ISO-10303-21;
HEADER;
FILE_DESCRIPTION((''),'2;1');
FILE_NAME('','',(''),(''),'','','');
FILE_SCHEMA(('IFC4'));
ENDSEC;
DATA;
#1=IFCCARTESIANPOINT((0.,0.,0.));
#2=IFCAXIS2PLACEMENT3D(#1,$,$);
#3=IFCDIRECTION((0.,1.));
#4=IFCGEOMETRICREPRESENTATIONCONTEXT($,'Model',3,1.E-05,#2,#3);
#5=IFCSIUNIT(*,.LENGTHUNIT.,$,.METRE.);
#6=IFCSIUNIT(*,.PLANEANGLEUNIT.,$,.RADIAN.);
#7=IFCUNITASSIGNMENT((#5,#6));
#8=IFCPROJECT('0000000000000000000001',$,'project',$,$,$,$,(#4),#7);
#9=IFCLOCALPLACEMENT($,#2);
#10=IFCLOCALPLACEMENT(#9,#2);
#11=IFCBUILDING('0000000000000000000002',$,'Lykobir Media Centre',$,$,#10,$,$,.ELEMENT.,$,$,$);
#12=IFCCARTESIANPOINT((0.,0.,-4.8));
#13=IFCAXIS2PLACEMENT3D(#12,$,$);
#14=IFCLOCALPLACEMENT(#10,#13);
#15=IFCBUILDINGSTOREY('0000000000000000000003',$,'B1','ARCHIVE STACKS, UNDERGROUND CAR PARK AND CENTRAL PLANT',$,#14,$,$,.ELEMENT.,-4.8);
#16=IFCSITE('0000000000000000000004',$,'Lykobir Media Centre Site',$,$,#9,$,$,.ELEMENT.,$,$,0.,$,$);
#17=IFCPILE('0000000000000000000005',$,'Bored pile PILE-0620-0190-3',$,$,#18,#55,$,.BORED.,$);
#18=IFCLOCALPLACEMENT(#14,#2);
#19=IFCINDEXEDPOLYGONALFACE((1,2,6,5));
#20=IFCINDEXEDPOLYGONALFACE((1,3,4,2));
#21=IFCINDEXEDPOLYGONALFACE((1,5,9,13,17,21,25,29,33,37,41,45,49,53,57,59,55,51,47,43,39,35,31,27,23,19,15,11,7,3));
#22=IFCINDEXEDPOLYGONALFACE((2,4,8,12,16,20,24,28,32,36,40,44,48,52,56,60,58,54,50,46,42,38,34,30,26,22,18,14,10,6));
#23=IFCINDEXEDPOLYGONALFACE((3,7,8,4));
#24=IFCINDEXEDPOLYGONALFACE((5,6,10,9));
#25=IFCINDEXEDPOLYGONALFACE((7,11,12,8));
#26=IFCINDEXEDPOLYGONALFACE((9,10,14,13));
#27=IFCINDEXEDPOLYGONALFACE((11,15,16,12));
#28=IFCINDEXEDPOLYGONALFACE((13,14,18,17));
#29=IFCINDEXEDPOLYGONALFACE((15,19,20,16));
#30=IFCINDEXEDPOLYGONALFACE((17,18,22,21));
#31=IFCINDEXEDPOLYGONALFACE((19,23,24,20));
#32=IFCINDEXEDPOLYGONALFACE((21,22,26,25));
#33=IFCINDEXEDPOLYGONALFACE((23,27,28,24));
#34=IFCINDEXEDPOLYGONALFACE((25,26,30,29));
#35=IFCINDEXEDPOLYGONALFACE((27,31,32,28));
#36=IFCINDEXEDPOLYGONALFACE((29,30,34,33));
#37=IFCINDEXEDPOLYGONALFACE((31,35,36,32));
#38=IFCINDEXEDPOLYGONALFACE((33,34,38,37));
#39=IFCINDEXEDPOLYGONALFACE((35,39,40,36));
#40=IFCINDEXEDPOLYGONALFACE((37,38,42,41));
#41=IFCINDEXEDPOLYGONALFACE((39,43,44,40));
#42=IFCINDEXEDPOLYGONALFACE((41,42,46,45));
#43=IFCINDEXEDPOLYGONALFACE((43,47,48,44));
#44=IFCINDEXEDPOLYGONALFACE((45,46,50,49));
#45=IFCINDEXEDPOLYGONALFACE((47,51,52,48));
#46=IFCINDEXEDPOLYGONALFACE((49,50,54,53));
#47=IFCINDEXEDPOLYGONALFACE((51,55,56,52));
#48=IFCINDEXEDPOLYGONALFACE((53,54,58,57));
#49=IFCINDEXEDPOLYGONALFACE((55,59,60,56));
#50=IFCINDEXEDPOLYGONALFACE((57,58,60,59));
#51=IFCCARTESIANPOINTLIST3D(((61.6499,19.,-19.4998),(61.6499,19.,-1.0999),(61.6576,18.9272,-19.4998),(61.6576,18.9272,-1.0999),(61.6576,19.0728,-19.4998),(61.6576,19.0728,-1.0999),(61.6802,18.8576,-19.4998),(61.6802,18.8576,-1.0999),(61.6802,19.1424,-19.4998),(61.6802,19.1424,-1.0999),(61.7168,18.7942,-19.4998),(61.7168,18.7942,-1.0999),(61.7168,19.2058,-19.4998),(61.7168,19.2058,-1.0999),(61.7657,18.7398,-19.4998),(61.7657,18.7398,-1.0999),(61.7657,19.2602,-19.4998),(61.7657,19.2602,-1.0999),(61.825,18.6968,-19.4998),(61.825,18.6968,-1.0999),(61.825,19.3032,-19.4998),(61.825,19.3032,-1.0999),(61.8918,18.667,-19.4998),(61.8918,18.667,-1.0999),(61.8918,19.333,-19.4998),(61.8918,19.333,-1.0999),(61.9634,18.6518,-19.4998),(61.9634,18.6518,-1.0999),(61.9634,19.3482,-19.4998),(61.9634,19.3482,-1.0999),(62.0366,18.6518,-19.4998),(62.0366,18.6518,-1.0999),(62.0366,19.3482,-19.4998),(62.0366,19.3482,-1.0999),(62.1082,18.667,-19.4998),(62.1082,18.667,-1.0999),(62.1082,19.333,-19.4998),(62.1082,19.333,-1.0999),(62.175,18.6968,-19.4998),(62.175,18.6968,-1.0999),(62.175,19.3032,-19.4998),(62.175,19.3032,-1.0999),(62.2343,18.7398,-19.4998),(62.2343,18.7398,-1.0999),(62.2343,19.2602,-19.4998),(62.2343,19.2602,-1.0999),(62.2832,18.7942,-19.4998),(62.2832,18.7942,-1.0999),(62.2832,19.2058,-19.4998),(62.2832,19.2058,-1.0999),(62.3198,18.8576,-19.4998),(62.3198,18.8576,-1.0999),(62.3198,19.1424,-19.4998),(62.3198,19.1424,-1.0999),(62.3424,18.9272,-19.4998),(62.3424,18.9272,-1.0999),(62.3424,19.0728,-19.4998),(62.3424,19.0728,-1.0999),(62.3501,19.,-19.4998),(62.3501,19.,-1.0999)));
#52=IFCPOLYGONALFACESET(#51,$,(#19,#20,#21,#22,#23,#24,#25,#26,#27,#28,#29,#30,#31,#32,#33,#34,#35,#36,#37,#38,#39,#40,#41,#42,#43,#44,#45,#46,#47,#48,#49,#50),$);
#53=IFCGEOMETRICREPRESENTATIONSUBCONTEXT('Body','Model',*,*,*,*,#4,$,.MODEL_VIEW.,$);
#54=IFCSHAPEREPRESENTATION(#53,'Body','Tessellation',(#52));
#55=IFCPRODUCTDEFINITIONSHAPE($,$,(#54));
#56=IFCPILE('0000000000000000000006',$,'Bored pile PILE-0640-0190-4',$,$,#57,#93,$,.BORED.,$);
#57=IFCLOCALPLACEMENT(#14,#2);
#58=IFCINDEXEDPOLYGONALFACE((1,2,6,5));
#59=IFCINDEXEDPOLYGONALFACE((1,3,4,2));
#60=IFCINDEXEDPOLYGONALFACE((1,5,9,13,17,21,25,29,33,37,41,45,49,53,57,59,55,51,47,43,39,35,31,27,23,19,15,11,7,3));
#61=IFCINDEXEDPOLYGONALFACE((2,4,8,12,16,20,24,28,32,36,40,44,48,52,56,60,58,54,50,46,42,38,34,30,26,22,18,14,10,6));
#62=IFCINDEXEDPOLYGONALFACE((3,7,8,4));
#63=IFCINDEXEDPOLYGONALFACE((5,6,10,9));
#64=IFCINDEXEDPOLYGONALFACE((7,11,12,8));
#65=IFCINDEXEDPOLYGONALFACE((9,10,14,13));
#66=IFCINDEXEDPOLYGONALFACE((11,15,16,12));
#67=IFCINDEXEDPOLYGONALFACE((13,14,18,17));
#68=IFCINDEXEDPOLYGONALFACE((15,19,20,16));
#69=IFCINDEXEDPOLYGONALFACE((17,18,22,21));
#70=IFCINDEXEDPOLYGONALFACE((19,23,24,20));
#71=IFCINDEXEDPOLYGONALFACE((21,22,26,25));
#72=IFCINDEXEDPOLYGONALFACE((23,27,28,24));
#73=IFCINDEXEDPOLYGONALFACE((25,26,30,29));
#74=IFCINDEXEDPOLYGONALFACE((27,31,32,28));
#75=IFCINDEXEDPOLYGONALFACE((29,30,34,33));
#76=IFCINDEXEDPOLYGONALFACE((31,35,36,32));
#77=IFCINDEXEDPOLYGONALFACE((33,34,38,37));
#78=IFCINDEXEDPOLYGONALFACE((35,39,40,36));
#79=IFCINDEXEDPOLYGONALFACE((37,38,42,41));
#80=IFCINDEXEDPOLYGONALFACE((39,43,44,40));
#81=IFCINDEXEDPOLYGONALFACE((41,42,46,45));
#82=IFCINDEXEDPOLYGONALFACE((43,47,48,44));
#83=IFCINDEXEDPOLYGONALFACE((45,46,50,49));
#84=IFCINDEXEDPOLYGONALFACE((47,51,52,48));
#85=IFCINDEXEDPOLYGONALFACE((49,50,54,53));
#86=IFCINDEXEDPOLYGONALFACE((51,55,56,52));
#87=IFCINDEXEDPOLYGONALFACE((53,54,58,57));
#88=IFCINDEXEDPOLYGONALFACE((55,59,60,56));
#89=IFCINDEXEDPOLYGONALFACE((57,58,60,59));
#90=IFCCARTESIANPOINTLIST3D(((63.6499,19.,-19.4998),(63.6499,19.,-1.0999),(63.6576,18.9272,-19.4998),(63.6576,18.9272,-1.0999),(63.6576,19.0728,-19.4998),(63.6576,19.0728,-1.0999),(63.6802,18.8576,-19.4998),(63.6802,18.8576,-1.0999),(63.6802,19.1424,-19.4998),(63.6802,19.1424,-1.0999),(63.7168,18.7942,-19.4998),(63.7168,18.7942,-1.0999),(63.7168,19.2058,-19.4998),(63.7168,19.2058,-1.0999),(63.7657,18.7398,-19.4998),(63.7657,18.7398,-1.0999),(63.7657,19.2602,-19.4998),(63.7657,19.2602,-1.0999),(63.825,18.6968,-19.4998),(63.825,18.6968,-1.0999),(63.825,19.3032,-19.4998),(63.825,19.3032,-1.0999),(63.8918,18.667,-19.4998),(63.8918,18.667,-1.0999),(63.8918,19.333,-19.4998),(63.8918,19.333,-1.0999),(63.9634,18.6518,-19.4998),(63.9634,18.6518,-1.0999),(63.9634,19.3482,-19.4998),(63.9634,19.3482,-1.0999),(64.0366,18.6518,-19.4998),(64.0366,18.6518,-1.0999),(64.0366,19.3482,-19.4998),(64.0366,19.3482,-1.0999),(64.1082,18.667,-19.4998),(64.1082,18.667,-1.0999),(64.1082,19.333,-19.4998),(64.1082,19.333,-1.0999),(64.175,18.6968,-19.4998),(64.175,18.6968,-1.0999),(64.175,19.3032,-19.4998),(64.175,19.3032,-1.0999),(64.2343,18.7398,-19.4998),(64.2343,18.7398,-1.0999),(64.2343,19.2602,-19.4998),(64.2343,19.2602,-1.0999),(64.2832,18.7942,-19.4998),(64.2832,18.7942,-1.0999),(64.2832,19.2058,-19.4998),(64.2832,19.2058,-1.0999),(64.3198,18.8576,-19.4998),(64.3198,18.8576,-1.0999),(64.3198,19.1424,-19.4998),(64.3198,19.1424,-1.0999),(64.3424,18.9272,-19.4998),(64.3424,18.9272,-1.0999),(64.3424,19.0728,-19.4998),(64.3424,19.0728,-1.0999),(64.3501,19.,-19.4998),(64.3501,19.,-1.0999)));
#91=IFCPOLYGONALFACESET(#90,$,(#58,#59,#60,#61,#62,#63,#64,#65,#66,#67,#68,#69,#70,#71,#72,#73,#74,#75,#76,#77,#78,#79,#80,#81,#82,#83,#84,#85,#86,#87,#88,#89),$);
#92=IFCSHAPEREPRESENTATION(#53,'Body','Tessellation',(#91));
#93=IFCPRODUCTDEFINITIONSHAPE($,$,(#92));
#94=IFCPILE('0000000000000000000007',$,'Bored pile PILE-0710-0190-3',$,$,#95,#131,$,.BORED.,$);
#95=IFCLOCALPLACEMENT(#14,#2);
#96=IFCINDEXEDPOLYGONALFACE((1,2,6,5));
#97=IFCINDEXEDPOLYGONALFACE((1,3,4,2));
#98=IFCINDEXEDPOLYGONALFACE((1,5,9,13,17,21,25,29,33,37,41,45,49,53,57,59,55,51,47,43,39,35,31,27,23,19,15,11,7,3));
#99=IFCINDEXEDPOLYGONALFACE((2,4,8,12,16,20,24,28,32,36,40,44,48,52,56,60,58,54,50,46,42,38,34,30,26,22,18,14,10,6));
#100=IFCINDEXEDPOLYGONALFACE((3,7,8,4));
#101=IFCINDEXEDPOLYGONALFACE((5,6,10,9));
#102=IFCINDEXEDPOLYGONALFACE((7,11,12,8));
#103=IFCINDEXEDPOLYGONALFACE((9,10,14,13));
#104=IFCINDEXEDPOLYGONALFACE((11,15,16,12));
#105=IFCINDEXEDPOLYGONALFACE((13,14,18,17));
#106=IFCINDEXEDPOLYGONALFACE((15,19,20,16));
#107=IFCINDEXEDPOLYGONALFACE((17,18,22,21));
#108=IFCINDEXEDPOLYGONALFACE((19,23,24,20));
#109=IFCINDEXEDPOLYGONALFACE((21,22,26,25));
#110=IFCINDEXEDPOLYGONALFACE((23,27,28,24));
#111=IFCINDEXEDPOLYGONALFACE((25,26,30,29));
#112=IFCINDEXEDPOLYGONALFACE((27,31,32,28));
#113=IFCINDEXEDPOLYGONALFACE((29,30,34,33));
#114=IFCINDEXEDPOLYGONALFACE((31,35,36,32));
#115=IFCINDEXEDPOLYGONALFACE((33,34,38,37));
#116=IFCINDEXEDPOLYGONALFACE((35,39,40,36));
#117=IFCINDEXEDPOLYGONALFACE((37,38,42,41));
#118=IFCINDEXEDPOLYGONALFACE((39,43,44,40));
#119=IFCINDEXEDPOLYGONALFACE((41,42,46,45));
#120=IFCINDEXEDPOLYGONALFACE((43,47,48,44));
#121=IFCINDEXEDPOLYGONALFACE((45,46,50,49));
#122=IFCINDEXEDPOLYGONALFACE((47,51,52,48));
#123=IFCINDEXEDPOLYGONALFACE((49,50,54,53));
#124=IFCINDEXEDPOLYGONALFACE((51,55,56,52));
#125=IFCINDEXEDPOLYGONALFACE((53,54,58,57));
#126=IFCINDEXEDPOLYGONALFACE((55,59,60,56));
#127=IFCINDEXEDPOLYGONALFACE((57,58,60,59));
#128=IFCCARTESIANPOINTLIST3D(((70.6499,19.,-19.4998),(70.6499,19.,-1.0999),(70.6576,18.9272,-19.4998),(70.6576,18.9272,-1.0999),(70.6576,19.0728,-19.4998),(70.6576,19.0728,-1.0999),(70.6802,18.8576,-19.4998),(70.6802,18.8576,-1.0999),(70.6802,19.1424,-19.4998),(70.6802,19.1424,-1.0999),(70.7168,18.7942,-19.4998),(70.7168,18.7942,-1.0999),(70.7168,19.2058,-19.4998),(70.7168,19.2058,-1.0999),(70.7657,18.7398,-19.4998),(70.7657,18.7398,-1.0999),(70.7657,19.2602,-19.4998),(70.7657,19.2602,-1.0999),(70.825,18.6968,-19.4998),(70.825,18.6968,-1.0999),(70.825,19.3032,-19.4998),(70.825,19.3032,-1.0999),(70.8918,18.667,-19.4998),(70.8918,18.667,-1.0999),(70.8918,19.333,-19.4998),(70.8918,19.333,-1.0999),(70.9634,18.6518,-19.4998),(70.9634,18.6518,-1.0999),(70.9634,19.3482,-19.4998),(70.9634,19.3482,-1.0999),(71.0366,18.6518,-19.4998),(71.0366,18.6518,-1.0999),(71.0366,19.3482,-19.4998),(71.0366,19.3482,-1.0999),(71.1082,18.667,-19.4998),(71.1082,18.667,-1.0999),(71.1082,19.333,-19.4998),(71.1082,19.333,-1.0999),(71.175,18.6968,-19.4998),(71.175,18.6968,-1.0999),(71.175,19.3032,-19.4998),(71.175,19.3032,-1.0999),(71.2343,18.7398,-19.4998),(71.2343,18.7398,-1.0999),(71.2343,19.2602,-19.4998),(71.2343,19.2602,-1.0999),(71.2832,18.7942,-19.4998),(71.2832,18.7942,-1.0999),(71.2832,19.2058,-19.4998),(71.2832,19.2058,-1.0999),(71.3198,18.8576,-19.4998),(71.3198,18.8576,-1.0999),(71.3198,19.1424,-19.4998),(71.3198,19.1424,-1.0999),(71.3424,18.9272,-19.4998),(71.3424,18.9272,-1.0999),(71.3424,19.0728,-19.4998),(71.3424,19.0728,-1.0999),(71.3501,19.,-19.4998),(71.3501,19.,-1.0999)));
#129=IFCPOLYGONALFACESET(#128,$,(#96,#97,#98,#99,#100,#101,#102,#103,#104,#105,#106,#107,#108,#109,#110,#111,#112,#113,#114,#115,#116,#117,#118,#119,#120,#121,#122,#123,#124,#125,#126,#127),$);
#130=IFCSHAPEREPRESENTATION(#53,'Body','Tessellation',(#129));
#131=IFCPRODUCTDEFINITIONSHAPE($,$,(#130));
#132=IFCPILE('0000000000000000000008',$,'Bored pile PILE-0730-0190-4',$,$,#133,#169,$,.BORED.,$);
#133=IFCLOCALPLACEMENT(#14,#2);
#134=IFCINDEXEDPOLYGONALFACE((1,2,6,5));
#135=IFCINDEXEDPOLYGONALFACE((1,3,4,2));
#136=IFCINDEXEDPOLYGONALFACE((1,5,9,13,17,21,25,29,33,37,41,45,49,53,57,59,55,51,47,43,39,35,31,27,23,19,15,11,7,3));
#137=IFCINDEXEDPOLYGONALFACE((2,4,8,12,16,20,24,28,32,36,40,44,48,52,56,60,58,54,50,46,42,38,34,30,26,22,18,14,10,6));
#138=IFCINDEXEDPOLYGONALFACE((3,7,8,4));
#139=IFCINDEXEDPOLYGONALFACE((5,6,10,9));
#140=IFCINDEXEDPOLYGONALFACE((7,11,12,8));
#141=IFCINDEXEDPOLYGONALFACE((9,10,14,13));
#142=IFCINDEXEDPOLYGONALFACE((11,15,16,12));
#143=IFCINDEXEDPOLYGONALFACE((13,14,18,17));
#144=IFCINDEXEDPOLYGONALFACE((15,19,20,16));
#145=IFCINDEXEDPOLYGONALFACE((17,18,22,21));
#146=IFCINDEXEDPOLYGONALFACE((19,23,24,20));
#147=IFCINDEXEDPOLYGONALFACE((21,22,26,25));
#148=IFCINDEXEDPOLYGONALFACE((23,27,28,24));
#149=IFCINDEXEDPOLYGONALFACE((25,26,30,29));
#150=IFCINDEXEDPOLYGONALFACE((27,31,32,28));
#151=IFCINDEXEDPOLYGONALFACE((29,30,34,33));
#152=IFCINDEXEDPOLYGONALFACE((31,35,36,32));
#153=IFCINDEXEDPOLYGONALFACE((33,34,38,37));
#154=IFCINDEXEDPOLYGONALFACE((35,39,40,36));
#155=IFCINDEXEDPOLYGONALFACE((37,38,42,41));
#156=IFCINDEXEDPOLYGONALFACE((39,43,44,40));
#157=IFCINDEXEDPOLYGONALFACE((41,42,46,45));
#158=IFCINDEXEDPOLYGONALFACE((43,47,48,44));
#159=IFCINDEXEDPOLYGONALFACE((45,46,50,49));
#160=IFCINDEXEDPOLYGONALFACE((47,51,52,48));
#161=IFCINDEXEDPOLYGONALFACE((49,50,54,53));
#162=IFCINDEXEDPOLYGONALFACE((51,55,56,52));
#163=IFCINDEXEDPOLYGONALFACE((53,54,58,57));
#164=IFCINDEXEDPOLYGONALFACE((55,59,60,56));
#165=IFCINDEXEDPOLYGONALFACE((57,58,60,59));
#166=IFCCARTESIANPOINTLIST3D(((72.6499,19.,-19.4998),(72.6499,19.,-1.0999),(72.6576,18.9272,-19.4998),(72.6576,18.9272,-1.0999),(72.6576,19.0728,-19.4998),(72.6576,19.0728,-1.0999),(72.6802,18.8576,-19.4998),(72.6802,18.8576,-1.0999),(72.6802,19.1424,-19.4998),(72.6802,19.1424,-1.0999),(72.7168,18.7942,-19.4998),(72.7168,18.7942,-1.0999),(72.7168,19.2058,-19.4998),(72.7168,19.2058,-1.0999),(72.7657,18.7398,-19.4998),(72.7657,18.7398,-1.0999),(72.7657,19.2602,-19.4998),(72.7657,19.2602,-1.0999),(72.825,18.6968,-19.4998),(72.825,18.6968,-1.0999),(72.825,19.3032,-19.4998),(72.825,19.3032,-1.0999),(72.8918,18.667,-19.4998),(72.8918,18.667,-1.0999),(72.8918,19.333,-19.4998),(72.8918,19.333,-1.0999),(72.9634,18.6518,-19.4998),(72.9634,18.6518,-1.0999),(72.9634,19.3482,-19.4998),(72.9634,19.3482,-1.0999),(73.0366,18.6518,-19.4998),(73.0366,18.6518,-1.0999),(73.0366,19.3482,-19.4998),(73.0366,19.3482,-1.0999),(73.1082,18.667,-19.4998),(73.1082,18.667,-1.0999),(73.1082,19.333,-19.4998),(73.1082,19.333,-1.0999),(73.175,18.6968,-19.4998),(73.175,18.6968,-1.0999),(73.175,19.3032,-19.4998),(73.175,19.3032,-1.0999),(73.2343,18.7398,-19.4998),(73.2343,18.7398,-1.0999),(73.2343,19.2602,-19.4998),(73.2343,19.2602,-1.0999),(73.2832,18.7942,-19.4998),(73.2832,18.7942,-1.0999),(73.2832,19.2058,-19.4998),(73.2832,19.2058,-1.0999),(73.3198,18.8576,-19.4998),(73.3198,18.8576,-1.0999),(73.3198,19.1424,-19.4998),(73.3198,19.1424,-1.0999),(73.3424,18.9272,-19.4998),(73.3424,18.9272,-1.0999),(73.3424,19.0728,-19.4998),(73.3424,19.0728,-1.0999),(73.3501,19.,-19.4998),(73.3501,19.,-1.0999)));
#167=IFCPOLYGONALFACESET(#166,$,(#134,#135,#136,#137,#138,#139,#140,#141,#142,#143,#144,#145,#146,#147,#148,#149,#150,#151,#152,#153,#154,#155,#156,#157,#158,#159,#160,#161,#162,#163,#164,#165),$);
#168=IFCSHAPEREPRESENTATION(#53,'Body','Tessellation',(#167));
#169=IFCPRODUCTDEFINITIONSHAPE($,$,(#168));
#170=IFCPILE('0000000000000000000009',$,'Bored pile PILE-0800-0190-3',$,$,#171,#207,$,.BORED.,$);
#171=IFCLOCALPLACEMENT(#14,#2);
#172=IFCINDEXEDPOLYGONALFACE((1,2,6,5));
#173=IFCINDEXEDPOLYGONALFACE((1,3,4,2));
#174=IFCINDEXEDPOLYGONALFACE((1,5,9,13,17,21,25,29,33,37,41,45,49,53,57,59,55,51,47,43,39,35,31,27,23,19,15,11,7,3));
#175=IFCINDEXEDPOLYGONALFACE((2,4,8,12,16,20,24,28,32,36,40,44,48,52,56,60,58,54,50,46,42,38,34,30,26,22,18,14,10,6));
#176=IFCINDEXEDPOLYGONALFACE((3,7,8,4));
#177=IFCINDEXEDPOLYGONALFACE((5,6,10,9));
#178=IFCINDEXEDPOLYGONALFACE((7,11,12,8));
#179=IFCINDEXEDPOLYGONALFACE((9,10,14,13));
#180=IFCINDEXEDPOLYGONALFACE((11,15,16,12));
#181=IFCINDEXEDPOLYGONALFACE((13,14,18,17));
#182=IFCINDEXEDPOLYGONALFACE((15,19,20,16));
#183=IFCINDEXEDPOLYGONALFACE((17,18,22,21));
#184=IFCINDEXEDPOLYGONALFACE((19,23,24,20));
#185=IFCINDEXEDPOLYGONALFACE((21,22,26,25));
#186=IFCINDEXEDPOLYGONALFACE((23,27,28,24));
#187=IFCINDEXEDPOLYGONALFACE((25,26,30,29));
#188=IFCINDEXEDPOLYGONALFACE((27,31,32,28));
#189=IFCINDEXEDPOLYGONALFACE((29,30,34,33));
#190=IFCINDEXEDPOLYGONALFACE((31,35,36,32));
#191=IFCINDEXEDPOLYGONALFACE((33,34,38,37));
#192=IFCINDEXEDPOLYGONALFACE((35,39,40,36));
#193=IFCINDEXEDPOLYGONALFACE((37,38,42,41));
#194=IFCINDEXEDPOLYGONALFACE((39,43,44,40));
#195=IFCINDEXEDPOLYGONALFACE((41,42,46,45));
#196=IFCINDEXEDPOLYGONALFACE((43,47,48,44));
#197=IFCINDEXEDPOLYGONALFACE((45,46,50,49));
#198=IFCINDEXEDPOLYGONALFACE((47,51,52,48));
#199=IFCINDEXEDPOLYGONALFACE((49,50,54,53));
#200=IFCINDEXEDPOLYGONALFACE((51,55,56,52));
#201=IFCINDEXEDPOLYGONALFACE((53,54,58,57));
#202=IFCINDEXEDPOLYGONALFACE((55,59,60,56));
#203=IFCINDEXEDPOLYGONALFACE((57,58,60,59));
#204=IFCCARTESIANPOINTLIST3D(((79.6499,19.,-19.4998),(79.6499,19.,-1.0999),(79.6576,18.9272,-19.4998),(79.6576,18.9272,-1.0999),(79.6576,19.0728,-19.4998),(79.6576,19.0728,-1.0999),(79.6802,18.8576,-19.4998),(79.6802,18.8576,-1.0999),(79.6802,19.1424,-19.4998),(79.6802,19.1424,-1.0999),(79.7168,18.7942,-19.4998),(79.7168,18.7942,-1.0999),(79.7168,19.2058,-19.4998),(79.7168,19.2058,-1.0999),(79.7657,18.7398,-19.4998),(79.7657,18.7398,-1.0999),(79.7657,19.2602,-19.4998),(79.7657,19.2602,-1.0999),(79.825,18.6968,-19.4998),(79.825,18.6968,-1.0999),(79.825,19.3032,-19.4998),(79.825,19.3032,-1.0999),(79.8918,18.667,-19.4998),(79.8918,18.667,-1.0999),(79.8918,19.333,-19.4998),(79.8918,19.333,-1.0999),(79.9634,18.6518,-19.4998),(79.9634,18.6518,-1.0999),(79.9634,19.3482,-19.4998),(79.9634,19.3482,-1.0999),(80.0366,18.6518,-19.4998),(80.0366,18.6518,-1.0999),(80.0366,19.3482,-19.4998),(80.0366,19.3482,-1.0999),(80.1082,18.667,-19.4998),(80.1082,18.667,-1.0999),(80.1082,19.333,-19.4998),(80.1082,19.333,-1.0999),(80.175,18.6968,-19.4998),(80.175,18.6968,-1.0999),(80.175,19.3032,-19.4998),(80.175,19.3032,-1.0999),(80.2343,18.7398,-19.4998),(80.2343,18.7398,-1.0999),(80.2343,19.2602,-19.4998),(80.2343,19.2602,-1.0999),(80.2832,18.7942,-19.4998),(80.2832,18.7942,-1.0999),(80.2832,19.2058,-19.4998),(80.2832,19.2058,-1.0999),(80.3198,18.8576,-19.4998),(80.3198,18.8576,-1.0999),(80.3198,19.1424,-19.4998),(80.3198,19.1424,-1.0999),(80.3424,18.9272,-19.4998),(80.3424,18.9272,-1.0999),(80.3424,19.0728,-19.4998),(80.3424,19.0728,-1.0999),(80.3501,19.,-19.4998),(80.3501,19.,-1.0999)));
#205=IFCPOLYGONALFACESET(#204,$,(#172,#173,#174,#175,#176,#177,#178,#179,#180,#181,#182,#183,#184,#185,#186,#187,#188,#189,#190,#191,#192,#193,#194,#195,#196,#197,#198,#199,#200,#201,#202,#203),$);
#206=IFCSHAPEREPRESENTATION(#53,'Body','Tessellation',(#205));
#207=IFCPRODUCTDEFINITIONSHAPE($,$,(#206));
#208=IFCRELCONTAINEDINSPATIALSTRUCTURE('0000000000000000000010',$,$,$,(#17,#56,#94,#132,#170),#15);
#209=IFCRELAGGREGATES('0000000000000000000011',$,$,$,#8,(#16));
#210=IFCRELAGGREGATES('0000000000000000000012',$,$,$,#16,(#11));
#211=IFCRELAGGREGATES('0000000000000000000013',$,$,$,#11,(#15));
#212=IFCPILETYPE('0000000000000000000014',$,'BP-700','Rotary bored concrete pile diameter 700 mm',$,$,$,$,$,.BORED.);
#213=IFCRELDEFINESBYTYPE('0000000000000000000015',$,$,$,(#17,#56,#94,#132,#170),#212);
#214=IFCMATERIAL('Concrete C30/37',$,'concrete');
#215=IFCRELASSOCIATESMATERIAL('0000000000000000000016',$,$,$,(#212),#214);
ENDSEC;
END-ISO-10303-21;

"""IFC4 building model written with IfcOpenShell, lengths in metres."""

from ifc_helpers import new_model, si_unit, direction, frame, origin, origin_2d, place, context, subcontext, project, spatial, circle, extrude, material, material_profile, profile_set, type_object, element, save


model = new_model("IFC4")

# Units and contexts
model_context = context("Model", 3, precision=1e-05, world=origin(), true_north=direction((0.0, 1.0)))
body_context = subcontext(model_context, "Body", "Model", "MODEL_VIEW")
ifc_project = project(units=[si_unit("LENGTHUNIT", "METRE"), si_unit("PLANEANGLEUNIT", "RADIAN")], contexts=[model_context])

# Site, building, storey
site_placement = place(None, origin())
site = spatial("IfcSite", under=ifc_project, at=site_placement, Name="Lykobir Media Centre Site", CompositionType="ELEMENT", RefElevation=0.0)
building_placement = place(site_placement, origin())
building = spatial("IfcBuilding", under=site, at=building_placement, Name="Lykobir Media Centre", CompositionType="ELEMENT")
storey_placement = place(building_placement, frame((0.0, 0.0, -4.8)))
storey = spatial("IfcBuildingStorey", under=building, at=storey_placement, Name="B1", Description="ARCHIVE STACKS, UNDERGROUND CAR PARK AND CENTRAL PLANT", CompositionType="ELEMENT", Elevation=-4.8)

# Piles
ifc_material_1 = material(Name="Concrete C30/37", Category="concrete")
ifc_material_profile_1 = material_profile(ifc_material_1, circle(Radius=0.3501, at=origin_2d()), Name="BORED PILE D700")
ifc_profile_set_1 = profile_set([ifc_material_profile_1], Name="Concrete C30/37")
pile_type = type_object("IfcPileType", Name="BP-700", Description="Rotary bored concrete pile diameter 700 mm", PredefinedType="BORED", material=ifc_profile_set_1)
for number, where, z_axis, x_axis, name in (
    (1, (62.0, 19.0, -1.0999), (0.0, 0.0, -1.0), (1.0, 0.0, 0.0), "Bored pile PILE-0620-0190-3"),
    (2, (64.0, 19.0, -1.0999), (0.0, 0.0, -1.0), (1.0, 0.0, 0.0), "Bored pile PILE-0640-0190-4"),
    (3, (71.0, 19.0, -1.0999), (0.0, 0.0, -1.0), (1.0, 0.0, 0.0), "Bored pile PILE-0710-0190-3"),
    (4, (73.0, 19.0, -1.0999), (0.0, 0.0, -1.0), (1.0, 0.0, 0.0), "Bored pile PILE-0730-0190-4"),
    (5, (80.0, 19.0, -1.0999), (0.0, 0.0, -1.0), (1.0, 0.0, 0.0), "Bored pile PILE-0800-0190-3"),
):
    element("IfcPile", number, at=place(storey_placement, frame(where, z_axis=z_axis, x_axis=x_axis)), inside=storey, type_object=pile_type, Name=name, PredefinedType="BORED", context=body_context, shape_type="SweptSolid", body=[
        extrude(circle(Radius=0.3501, at=origin_2d()), origin(), (0.0, 0.0, 1.0), 18.3999),
    ])

save(model, "model.ifc")
